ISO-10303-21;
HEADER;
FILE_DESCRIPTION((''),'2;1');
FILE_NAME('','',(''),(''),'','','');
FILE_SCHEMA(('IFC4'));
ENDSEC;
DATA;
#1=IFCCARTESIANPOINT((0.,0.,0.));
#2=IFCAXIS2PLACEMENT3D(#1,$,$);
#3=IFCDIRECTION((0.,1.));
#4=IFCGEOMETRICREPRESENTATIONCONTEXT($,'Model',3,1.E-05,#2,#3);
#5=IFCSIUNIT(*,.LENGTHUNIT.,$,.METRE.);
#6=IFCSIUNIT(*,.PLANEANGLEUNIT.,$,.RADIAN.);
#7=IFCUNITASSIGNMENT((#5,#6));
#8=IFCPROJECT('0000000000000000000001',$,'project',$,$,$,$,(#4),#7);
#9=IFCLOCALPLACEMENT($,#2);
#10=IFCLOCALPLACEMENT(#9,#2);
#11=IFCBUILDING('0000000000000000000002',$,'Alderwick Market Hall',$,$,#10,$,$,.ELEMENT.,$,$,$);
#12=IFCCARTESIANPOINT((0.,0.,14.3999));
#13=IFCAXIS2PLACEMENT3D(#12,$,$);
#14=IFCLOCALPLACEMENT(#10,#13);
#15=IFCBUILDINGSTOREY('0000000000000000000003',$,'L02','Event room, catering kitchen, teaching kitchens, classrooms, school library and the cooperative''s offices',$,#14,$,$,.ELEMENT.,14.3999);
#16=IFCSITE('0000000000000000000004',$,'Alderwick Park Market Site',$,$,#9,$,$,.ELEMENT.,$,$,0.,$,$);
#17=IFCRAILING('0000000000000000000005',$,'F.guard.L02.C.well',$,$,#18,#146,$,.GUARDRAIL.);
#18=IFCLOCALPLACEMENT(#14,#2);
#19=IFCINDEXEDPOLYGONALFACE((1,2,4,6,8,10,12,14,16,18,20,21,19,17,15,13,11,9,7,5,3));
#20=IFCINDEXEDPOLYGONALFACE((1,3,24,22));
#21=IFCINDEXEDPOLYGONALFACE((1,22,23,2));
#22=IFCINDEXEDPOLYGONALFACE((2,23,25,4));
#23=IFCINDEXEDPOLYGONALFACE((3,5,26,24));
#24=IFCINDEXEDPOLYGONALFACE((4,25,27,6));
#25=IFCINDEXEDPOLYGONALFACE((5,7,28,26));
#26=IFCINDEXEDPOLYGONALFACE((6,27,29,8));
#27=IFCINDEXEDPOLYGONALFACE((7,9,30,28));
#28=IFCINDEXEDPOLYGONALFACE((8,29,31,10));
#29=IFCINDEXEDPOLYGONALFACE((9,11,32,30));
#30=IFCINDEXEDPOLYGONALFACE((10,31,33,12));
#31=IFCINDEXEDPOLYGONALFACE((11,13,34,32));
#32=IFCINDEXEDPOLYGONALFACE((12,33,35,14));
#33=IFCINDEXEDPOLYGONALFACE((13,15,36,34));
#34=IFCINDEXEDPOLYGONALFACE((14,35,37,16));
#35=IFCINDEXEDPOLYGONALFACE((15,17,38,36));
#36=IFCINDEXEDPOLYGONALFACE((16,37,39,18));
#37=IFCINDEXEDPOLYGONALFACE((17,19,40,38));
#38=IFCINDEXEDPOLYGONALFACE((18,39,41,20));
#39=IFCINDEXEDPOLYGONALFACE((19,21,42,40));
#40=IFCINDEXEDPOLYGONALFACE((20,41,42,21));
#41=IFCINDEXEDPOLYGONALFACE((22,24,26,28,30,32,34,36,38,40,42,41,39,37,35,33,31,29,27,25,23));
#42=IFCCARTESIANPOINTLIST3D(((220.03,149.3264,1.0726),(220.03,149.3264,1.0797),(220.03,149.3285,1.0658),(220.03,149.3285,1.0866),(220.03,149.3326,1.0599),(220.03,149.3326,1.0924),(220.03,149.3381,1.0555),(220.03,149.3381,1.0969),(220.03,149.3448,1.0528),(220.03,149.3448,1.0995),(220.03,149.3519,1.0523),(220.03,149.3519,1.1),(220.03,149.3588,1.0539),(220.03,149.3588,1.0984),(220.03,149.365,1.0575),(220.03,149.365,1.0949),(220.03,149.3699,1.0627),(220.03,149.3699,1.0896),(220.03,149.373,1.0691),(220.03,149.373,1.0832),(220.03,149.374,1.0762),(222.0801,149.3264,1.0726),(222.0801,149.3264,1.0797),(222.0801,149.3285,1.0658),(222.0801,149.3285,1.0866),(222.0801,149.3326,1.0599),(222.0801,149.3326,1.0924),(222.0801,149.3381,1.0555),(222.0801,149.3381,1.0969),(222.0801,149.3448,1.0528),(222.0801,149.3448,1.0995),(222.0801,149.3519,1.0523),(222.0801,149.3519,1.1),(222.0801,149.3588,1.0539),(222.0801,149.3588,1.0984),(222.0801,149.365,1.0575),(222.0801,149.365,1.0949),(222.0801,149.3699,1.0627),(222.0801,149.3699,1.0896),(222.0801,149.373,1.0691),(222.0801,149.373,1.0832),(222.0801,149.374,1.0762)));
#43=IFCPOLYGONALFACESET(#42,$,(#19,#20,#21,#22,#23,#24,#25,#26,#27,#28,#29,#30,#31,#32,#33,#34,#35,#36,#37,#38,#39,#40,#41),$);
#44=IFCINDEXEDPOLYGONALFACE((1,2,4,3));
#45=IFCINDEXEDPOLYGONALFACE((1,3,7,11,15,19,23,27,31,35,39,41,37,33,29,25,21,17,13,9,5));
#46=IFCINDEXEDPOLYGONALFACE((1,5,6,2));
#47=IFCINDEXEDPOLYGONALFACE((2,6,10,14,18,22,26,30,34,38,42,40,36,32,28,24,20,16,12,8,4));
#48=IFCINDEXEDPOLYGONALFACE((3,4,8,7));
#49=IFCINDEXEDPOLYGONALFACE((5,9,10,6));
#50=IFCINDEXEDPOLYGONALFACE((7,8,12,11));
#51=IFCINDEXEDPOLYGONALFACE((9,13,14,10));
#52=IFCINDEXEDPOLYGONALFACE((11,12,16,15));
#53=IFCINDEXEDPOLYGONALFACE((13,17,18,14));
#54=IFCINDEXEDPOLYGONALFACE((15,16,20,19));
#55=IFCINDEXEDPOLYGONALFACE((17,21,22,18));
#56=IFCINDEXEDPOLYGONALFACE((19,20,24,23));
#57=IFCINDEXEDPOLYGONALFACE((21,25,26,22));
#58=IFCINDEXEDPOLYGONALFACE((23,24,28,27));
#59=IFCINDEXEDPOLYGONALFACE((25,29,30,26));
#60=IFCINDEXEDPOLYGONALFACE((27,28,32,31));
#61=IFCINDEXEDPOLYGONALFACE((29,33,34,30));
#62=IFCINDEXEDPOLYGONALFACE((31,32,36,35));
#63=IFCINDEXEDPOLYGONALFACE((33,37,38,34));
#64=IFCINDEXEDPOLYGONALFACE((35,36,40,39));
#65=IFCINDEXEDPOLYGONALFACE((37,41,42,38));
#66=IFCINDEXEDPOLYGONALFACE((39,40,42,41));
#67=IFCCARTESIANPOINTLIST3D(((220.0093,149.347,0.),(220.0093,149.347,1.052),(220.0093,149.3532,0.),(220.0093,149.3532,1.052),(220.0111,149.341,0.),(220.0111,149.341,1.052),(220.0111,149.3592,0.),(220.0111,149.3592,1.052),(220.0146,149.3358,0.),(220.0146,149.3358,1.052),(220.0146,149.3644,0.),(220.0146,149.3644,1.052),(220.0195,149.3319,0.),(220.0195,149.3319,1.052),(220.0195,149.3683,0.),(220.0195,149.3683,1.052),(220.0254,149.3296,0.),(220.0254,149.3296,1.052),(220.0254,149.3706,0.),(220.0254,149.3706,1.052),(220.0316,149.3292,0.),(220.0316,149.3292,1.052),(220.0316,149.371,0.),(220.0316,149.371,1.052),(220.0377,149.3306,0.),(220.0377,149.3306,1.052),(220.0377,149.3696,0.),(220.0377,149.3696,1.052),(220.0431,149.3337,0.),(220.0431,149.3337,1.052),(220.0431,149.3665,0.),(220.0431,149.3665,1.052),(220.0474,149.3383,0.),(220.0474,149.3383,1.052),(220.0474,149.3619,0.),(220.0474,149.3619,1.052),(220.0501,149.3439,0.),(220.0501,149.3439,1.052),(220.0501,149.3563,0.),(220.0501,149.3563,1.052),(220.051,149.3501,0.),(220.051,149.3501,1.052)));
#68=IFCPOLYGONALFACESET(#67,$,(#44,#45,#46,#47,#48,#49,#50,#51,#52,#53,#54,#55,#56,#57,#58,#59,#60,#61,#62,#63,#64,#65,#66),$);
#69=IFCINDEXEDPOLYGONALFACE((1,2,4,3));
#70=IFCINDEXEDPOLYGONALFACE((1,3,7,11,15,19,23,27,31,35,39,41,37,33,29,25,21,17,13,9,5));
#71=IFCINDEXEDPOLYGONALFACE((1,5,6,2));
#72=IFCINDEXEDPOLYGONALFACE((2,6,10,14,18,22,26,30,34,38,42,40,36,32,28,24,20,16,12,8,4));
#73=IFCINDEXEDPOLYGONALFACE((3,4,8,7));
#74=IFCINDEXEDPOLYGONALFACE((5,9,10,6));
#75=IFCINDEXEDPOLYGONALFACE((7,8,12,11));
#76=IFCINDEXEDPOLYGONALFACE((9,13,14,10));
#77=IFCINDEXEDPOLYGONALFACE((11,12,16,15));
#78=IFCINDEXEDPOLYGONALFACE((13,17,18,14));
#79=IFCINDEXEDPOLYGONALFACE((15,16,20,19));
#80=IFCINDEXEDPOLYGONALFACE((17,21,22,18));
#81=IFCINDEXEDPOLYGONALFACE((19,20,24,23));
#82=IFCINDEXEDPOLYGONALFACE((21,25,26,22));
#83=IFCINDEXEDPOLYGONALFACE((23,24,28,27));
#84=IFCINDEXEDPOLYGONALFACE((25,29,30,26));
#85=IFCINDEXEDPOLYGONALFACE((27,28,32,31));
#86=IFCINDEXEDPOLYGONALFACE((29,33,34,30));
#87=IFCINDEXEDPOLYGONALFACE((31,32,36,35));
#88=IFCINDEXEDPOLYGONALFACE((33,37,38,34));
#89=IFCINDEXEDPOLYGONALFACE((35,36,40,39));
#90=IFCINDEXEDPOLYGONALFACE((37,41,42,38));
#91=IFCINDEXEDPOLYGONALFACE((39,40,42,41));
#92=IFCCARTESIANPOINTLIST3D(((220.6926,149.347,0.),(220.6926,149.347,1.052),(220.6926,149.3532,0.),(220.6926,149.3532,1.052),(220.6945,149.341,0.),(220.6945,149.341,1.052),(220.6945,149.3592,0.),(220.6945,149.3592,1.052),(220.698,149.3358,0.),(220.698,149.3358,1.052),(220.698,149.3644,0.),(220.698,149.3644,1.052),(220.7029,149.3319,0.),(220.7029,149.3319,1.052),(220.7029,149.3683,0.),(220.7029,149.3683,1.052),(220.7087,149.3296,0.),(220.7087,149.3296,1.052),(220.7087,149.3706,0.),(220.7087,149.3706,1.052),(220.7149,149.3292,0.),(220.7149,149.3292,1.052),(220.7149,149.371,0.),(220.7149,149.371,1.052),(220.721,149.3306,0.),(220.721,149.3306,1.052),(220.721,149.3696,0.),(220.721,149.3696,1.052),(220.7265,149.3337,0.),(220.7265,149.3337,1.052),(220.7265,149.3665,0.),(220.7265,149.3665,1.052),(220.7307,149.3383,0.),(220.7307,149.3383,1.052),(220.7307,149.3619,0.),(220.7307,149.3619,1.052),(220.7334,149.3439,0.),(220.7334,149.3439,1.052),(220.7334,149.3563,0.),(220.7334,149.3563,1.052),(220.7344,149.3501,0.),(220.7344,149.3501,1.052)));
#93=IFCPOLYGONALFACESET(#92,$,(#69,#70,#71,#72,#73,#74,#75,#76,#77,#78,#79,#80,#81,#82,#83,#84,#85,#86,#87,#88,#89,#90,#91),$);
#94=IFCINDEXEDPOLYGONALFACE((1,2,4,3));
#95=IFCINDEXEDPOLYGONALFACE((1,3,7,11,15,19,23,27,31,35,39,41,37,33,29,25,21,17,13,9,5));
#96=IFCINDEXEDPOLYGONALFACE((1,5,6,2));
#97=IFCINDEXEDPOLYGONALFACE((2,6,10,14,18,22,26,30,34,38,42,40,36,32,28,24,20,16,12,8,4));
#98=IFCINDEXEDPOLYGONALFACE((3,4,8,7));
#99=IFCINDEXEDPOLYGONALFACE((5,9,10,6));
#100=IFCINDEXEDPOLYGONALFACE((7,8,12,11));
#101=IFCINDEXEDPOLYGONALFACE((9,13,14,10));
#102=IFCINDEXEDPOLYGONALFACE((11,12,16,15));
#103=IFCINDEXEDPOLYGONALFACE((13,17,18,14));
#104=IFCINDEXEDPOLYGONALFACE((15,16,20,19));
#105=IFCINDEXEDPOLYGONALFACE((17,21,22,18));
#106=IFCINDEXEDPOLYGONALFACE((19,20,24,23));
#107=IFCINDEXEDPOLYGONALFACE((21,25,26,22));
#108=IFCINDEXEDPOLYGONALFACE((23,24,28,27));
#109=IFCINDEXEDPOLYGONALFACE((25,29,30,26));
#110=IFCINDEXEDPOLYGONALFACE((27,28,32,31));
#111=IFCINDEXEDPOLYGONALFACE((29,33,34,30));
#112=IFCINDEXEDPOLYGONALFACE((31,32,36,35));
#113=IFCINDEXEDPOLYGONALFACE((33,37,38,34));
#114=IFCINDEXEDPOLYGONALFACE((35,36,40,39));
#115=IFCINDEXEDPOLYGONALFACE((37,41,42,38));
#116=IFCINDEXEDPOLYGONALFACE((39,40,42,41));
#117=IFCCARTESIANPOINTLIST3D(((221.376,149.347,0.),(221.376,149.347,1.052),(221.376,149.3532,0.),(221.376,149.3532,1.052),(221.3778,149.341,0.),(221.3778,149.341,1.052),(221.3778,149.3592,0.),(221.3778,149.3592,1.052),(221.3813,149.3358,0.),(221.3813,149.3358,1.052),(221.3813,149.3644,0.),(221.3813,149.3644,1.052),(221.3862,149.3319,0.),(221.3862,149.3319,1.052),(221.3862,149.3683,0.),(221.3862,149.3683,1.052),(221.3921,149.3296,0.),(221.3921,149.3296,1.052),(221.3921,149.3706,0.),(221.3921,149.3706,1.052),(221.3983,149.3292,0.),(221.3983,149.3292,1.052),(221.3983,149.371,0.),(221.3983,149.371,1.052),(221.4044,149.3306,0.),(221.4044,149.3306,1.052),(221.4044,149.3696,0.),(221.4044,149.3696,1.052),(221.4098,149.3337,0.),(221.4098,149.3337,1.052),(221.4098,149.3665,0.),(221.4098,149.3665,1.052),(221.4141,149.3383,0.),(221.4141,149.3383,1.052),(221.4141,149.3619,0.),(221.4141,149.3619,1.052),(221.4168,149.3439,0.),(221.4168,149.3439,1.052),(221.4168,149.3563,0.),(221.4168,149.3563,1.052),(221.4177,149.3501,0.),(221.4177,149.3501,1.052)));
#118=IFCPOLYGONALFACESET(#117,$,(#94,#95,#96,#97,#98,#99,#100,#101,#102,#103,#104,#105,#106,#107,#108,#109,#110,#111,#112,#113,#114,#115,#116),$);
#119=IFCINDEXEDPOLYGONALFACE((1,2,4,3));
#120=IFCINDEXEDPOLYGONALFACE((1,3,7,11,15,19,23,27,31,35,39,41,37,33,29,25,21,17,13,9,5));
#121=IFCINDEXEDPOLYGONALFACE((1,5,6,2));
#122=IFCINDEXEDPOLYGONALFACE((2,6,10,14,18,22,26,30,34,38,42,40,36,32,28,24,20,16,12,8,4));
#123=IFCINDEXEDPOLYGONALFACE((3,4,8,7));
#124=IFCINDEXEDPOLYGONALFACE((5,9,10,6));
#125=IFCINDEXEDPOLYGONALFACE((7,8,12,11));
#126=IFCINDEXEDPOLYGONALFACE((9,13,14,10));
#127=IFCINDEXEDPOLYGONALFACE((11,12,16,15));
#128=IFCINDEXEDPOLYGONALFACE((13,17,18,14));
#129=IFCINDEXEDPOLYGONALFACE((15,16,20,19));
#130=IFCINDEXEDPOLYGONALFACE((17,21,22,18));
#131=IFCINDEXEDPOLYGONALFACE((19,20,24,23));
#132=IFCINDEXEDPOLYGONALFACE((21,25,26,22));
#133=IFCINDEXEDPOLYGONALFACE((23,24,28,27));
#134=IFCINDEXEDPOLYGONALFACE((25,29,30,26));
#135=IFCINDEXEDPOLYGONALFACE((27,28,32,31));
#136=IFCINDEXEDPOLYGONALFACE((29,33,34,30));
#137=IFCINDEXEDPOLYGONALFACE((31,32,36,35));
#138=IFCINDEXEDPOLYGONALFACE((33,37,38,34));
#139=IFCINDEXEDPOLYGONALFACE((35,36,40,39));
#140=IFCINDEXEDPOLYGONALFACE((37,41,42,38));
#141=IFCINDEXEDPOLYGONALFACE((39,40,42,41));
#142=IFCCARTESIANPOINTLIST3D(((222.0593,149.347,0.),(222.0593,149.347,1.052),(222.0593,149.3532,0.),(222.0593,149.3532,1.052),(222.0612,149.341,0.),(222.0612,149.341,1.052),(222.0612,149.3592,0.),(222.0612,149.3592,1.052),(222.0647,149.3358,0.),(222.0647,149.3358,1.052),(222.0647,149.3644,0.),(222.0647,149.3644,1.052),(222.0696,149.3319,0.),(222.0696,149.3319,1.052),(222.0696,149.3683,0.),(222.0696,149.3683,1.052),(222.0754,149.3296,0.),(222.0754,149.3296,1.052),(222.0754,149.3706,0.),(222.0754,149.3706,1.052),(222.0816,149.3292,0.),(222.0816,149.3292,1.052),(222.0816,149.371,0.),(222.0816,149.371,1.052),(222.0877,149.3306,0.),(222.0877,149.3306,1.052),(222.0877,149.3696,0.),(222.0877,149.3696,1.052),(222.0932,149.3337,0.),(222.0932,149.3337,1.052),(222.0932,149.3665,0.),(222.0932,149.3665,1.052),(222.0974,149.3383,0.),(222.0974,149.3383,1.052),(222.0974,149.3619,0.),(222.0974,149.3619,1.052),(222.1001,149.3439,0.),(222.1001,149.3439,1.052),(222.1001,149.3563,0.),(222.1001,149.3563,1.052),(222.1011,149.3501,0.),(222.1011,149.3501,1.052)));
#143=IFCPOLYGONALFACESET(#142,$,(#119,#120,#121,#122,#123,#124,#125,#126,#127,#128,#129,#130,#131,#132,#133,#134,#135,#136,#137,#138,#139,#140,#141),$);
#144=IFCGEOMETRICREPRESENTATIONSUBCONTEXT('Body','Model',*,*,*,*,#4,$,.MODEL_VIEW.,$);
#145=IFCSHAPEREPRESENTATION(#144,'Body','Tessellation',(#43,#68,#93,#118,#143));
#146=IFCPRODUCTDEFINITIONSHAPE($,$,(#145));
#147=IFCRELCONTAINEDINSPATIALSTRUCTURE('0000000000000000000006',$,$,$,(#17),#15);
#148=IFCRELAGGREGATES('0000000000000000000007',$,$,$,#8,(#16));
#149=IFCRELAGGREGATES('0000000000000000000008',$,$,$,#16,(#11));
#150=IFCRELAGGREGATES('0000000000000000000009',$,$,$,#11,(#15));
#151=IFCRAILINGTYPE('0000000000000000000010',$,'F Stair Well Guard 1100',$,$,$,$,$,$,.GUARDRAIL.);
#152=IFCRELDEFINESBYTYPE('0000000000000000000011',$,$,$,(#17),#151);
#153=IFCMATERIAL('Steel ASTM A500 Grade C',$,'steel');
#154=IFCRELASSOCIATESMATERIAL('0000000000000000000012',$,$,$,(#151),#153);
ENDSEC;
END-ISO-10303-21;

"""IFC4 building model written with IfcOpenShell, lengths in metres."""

from ifc_helpers import new_model, si_unit, direction, frame, origin, origin_2d, place, context, subcontext, project, spatial, circle, extrude, material, type_object, element, save


model = new_model("IFC4")

# Units and contexts
model_context = context("Model", 3, precision=1e-05, world=origin(), true_north=direction((0.0, 1.0)))
body_context = subcontext(model_context, "Body", "Model", "MODEL_VIEW")
ifc_project = project(units=[si_unit("LENGTHUNIT", "METRE"), si_unit("PLANEANGLEUNIT", "RADIAN")], contexts=[model_context])

# Site, building, storey
site_placement = place(None, origin())
site = spatial("IfcSite", under=ifc_project, at=site_placement, Name="Alderwick Park Market Site", CompositionType="ELEMENT", RefElevation=0.0)
building_placement = place(site_placement, origin())
building = spatial("IfcBuilding", under=site, at=building_placement, Name="Alderwick Market Hall", CompositionType="ELEMENT")
storey_placement = place(building_placement, frame((0.0, 0.0, 14.3999)))
storey = spatial("IfcBuildingStorey", under=building, at=storey_placement, Name="L02", Description="Event room, catering kitchen, teaching kitchens, classrooms, school library and the cooperative's offices", CompositionType="ELEMENT", Elevation=14.3999)

# Railing
ifc_material_1 = material(Name="Steel ASTM A500 Grade C", Category="steel")
railing_type = type_object("IfcRailingType", Name="F Stair Well Guard 1100", PredefinedType="GUARDRAIL", material=ifc_material_1)
railing_placement = place(storey_placement, frame((220.03, 149.3501, 0.0)))
element("IfcRailing", 1, at=railing_placement, inside=storey, type_object=railing_type, Name="F.guard.L02.C.well", PredefinedType="GUARDRAIL", context=body_context, shape_type="SweptSolid", body=[
    extrude(circle(Radius=0.0239, at=origin_2d()), frame((0.0, 0.0, 1.0762), z_axis=(1.0, 0.0, 0.0), x_axis=(0.0, 1.0, 0.0)), (0.0, 0.0, 1.0), 2.05),
    extrude(circle(Radius=0.021, at=origin_2d()), origin(), (0.0, 0.0, 1.0), 1.052),
    extrude(circle(Radius=0.021, at=origin_2d()), frame((0.6833, 0.0, 0.0)), (0.0, 0.0, 1.0), 1.052),
    extrude(circle(Radius=0.021, at=origin_2d()), frame((1.3667, 0.0, 0.0)), (0.0, 0.0, 1.0), 1.052),
    extrude(circle(Radius=0.021, at=origin_2d()), frame((2.05, 0.0, 0.0)), (0.0, 0.0, 1.0), 1.052),
])

save(model, "model.ifc")
